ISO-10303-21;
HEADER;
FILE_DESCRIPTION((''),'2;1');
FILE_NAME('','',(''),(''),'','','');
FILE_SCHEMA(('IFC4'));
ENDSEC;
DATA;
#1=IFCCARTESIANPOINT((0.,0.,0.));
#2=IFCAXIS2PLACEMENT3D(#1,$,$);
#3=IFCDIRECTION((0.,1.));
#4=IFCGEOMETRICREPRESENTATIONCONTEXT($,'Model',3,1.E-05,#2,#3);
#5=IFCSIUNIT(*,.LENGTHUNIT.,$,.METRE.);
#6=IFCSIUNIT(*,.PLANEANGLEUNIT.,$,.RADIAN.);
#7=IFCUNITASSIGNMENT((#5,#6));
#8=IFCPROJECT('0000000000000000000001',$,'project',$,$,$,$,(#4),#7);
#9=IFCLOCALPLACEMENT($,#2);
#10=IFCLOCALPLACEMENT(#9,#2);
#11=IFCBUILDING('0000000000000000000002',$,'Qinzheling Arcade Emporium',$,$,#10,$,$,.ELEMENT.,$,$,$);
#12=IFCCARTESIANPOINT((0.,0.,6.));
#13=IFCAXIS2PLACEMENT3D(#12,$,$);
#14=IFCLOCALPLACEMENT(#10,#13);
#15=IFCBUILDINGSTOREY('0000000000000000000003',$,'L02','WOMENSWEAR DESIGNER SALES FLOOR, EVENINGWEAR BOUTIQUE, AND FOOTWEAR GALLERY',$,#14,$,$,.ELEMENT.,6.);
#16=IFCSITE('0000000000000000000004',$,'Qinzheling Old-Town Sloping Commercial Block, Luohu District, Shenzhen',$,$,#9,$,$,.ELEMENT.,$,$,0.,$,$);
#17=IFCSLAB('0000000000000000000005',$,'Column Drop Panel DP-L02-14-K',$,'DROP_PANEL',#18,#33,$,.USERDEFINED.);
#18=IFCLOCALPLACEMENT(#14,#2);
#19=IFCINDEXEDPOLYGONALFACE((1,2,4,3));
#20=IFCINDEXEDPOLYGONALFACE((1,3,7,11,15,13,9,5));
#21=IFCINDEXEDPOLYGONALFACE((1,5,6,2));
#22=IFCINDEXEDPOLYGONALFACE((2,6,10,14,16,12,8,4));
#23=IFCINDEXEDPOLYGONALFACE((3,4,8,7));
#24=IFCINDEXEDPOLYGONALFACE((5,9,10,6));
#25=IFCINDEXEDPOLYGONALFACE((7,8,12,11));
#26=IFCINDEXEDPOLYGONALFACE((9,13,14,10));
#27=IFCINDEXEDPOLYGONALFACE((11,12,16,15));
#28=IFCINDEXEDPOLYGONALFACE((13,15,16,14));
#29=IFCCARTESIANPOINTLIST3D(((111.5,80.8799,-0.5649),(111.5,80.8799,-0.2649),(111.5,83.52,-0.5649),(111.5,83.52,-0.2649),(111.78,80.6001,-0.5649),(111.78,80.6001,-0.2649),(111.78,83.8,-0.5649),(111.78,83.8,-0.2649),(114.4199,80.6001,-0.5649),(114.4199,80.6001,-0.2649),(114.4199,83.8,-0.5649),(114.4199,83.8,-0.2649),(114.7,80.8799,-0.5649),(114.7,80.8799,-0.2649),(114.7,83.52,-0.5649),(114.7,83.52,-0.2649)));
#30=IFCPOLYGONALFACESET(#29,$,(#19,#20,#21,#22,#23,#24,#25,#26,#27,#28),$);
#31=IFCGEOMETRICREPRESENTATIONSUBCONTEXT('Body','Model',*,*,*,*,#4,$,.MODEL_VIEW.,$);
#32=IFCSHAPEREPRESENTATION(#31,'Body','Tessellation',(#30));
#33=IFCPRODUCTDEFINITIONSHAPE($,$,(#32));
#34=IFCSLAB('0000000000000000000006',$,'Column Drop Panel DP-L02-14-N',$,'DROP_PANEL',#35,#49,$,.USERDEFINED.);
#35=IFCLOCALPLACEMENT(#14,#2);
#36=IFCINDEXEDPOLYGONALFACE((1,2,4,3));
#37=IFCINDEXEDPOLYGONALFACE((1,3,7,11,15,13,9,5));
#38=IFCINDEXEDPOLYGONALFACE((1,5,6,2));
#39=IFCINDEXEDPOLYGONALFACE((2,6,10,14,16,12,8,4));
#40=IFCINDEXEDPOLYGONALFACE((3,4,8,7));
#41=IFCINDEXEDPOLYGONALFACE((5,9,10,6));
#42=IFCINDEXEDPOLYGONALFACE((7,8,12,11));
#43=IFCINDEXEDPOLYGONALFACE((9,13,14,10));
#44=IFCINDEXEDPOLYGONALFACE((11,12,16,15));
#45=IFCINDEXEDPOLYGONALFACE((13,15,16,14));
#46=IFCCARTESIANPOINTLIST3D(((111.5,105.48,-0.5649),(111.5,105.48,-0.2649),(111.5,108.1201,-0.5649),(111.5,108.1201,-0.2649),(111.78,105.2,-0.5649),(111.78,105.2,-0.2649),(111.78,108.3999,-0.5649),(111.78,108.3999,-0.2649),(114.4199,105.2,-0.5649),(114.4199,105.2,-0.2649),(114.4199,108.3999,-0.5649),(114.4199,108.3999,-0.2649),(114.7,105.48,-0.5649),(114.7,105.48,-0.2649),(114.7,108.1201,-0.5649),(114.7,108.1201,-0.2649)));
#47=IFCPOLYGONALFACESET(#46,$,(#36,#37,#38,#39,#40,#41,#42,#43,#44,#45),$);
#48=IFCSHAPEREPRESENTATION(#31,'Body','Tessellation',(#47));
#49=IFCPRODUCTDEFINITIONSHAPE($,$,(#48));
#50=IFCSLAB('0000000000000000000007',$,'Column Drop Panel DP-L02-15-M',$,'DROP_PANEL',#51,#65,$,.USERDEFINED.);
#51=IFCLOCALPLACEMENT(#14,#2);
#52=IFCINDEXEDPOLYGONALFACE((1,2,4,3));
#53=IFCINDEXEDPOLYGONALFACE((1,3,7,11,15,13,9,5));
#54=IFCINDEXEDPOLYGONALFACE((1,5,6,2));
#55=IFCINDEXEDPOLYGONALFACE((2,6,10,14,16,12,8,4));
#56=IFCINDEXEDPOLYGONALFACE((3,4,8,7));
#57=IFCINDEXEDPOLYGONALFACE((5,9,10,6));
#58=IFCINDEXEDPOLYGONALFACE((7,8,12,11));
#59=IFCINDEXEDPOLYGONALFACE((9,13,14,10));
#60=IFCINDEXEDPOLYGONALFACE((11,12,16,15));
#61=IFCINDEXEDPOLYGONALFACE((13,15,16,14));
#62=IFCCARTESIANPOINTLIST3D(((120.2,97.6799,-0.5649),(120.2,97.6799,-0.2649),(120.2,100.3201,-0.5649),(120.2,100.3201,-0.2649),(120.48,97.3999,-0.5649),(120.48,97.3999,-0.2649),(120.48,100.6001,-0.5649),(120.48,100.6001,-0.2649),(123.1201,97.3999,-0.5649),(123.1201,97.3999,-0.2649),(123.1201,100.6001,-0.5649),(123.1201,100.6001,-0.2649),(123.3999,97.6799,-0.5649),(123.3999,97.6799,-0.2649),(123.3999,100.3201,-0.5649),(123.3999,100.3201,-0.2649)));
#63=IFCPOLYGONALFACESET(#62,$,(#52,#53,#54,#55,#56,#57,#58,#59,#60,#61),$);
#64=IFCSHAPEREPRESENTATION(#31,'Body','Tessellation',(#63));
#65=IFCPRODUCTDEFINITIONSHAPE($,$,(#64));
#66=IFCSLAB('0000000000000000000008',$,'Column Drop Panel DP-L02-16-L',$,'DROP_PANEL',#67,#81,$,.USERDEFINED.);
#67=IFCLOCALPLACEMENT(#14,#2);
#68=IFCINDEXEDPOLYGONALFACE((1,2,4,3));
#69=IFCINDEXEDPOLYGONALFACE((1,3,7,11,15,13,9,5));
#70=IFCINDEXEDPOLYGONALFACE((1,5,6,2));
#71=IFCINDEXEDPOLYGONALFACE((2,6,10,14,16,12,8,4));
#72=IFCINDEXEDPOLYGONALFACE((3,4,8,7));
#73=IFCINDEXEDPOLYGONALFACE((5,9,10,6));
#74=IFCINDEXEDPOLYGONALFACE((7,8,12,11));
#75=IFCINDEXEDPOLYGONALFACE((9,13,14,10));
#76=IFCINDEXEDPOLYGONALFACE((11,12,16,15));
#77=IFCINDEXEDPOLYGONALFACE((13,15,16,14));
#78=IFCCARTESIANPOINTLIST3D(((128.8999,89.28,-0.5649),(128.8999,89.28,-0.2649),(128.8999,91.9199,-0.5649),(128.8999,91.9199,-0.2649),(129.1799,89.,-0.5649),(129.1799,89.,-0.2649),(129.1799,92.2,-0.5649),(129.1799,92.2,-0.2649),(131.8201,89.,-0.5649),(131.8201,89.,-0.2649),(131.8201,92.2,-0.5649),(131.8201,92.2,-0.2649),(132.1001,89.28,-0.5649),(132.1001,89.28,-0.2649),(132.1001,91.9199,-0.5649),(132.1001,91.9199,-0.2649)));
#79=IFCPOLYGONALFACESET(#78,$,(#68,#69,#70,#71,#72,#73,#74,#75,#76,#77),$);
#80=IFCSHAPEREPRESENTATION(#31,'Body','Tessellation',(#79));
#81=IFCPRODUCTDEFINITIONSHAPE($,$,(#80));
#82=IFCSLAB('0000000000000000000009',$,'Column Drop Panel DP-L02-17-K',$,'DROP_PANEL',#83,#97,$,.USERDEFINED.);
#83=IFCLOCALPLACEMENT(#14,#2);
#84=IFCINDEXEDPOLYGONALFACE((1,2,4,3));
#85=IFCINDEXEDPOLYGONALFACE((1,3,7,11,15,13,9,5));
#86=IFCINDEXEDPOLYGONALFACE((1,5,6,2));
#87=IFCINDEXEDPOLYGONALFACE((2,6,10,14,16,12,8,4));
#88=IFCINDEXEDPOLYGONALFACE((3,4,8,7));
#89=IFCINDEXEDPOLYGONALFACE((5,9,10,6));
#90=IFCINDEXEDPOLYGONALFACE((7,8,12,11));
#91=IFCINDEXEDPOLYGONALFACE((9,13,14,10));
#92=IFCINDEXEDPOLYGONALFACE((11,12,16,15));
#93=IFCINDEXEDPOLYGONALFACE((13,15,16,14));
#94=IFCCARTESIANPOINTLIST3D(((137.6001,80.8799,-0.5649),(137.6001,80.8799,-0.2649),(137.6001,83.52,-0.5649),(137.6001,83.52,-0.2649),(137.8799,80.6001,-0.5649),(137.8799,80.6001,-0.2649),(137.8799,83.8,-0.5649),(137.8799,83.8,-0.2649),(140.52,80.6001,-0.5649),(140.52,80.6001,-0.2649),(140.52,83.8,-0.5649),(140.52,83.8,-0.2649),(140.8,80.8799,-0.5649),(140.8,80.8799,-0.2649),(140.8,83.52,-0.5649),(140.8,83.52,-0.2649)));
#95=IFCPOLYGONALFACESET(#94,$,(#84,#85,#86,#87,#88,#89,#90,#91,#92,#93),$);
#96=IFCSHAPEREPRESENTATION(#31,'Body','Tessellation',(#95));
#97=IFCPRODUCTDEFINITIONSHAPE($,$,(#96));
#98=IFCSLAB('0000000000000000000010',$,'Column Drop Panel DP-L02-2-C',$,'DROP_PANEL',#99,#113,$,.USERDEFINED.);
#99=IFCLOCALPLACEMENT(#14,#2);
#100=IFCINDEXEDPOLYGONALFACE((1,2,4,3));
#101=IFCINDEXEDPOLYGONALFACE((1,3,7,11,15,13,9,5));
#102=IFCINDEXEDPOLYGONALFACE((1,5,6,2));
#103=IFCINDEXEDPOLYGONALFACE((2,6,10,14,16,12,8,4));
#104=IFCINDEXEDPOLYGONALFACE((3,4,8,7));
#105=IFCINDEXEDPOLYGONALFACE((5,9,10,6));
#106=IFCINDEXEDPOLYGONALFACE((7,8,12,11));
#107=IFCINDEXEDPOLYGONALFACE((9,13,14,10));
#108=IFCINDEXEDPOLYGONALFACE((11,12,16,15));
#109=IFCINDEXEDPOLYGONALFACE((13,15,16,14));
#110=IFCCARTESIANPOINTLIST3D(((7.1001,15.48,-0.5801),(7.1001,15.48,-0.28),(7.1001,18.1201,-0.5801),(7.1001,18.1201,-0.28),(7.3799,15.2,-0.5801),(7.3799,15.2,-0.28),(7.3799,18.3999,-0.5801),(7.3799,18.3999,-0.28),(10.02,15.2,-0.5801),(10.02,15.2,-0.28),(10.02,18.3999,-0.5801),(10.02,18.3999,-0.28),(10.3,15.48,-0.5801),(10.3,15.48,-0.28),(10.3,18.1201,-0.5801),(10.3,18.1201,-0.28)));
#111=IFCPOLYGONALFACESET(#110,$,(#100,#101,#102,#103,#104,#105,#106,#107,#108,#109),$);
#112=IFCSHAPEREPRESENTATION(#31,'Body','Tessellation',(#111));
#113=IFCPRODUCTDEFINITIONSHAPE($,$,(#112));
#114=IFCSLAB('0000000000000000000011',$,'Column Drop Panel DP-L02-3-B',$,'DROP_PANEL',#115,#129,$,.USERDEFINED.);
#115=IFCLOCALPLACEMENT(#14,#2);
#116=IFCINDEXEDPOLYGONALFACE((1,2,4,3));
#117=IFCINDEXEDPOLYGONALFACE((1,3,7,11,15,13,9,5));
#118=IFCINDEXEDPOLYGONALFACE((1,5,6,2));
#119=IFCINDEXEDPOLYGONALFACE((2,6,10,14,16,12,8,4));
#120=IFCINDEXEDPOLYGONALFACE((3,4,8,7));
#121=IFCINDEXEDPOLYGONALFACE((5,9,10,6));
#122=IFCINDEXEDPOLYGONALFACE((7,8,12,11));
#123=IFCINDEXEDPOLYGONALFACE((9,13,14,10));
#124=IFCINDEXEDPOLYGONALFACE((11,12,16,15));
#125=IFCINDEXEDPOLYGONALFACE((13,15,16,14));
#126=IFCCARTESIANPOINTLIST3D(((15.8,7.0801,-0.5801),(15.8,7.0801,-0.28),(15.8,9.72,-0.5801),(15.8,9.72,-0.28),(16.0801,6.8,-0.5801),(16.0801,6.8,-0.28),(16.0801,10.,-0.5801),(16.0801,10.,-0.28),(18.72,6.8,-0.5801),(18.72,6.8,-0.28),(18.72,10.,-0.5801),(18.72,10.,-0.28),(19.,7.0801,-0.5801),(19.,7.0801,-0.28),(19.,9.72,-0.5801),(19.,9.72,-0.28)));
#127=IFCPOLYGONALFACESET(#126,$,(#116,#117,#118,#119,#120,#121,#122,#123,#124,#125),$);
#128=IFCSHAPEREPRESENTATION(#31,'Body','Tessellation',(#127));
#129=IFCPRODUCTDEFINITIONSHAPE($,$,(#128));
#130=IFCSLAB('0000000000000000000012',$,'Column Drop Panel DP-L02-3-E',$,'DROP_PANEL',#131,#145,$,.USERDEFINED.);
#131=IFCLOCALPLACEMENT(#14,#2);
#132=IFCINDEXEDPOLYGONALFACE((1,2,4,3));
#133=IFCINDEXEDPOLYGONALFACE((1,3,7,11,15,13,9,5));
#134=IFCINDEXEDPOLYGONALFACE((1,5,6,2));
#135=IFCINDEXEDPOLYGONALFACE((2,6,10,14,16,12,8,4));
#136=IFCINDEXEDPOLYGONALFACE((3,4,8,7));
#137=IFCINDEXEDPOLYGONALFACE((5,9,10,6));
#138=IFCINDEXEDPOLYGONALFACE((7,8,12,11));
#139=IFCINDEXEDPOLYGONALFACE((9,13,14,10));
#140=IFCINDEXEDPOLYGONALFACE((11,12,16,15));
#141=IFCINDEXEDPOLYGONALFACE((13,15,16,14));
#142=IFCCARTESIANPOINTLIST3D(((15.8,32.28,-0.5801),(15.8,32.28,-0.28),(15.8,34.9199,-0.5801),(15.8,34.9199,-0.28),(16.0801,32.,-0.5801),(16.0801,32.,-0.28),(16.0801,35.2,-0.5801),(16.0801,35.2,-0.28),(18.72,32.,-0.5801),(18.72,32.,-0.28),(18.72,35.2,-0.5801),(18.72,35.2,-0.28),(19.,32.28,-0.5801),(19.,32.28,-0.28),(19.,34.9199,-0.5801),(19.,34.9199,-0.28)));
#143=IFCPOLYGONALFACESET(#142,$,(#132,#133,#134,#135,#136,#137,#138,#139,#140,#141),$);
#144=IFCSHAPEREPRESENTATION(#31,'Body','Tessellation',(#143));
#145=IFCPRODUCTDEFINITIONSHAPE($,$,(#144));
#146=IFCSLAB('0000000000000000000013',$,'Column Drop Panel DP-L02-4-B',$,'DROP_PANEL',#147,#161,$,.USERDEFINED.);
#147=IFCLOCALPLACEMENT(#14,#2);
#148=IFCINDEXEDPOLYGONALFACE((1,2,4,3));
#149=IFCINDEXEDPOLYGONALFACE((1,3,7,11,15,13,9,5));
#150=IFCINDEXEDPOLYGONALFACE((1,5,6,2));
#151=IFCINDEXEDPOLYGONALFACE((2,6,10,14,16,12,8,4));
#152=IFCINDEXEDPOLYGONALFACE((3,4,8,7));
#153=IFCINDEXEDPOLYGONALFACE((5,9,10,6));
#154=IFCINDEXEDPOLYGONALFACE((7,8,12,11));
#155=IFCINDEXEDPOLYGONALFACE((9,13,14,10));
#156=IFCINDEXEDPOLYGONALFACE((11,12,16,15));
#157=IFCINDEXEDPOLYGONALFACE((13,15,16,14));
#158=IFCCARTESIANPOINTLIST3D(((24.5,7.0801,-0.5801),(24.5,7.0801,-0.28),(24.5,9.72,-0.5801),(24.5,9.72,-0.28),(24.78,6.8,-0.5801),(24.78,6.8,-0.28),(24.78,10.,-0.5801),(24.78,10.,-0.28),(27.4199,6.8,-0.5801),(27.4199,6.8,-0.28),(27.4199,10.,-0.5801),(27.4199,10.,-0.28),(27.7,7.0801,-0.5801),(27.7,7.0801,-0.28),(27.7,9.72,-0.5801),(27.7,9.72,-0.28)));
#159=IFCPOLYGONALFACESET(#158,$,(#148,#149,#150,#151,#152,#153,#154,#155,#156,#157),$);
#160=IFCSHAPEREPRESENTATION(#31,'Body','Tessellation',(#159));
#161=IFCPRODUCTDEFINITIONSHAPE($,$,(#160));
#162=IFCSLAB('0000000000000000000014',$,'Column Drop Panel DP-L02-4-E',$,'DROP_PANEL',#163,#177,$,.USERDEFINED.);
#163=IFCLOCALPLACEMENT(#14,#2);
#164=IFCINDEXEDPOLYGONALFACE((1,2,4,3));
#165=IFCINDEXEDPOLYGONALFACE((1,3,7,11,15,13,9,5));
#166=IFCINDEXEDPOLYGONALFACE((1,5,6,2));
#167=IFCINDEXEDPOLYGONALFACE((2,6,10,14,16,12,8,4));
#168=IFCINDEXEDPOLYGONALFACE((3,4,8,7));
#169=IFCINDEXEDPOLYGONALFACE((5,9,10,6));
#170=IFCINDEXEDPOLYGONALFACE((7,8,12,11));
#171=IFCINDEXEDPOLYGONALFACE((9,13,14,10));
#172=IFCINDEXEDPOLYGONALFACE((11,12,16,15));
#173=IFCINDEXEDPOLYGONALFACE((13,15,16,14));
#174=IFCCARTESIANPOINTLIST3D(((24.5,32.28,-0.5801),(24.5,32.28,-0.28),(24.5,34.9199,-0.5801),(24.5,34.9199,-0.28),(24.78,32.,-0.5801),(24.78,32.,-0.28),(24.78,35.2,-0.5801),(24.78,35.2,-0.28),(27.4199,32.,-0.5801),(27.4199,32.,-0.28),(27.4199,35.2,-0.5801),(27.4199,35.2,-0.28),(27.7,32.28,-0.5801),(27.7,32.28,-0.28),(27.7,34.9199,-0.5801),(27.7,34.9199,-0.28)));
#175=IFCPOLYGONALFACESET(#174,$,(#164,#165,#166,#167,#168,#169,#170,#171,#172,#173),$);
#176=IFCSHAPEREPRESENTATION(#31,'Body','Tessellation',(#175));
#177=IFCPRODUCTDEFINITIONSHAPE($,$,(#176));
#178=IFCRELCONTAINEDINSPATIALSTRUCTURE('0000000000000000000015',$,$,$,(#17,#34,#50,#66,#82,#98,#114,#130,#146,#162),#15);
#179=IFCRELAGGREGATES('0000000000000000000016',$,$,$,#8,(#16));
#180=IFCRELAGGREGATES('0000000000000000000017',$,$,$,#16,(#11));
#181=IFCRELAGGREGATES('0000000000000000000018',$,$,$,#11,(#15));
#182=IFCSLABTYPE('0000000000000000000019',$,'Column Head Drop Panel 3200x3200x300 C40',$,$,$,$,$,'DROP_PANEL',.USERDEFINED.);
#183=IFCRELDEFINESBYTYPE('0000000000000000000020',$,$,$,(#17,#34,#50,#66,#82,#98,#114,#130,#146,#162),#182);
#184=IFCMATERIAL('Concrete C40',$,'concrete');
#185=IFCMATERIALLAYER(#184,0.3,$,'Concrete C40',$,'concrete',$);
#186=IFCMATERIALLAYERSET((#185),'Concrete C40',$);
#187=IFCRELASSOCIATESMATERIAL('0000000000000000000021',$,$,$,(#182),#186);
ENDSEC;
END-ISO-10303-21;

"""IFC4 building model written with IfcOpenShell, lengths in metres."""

from ifc_helpers import new_model, si_unit, direction, frame, origin, place, context, subcontext, project, spatial, polyline, outline, extrude, material, layer, layer_set, type_object, element, save


model = new_model("IFC4")

# Units and contexts
model_context = context("Model", 3, precision=1e-05, world=origin(), true_north=direction((0.0, 1.0)))
body_context = subcontext(model_context, "Body", "Model", "MODEL_VIEW")
ifc_project = project(units=[si_unit("LENGTHUNIT", "METRE"), si_unit("PLANEANGLEUNIT", "RADIAN")], contexts=[model_context])

# Site, building, storey
site_placement = place(None, origin())
site = spatial("IfcSite", under=ifc_project, at=site_placement, Name="Qinzheling Old-Town Sloping Commercial Block, Luohu District, Shenzhen", CompositionType="ELEMENT", RefElevation=0.0)
building_placement = place(site_placement, origin())
building = spatial("IfcBuilding", under=site, at=building_placement, Name="Qinzheling Arcade Emporium", CompositionType="ELEMENT")
storey_placement = place(building_placement, frame((0.0, 0.0, 6.0)))
storey = spatial("IfcBuildingStorey", under=building, at=storey_placement, Name="L02", Description="WOMENSWEAR DESIGNER SALES FLOOR, EVENINGWEAR BOUTIQUE, AND FOOTWEAR GALLERY", CompositionType="ELEMENT", Elevation=6.0)

# Slabs
ifc_material = material(Name="Concrete C40", Category="concrete")
ifc_layer_1 = layer(ifc_material, 0.3, Name="Concrete C40", Category="concrete")
ifc_layer_set_1 = layer_set([ifc_layer_1], Name="Concrete C40")
slab_type_1 = type_object("IfcSlabType", Name="Column Head Drop Panel 3200x3200x300 C40", ElementType="DROP_PANEL", PredefinedType="USERDEFINED", material=ifc_layer_set_1)
slab_1_placement = place(storey_placement, frame((0.0, 0.0, -0.5649)))
element("IfcSlab", 1, at=slab_1_placement, inside=storey, type_object=slab_type_1, Name="Column Drop Panel DP-L02-14-K", ObjectType="DROP_PANEL", PredefinedType="USERDEFINED", context=body_context, shape_type="SweptSolid", body=[
    extrude(outline(polyline([(111.78, 80.6001), (114.4199, 80.6001), (114.7, 80.8799), (114.7, 83.52), (114.4199, 83.8), (111.78, 83.8), (111.5, 83.52), (111.5, 80.8799), (111.78, 80.6001)])), origin(), (0.0, 0.0, 1.0), 0.3),
])
slab_2_placement = place(storey_placement, frame((0.0, 0.0, -0.5649)))
element("IfcSlab", 2, at=slab_2_placement, inside=storey, type_object=slab_type_1, Name="Column Drop Panel DP-L02-14-N", ObjectType="DROP_PANEL", PredefinedType="USERDEFINED", context=body_context, shape_type="SweptSolid", body=[
    extrude(outline(polyline([(111.78, 105.2), (114.4199, 105.2), (114.7, 105.48), (114.7, 108.1201), (114.4199, 108.3999), (111.78, 108.3999), (111.5, 108.1201), (111.5, 105.48), (111.78, 105.2)])), origin(), (0.0, 0.0, 1.0), 0.3),
])
slab_3_placement = place(storey_placement, frame((0.0, 0.0, -0.5649)))
element("IfcSlab", 3, at=slab_3_placement, inside=storey, type_object=slab_type_1, Name="Column Drop Panel DP-L02-15-M", ObjectType="DROP_PANEL", PredefinedType="USERDEFINED", context=body_context, shape_type="SweptSolid", body=[
    extrude(outline(polyline([(120.48, 97.3999), (123.1201, 97.3999), (123.3999, 97.6799), (123.3999, 100.3201), (123.1201, 100.6001), (120.48, 100.6001), (120.2, 100.3201), (120.2, 97.6799), (120.48, 97.3999)])), origin(), (0.0, 0.0, 1.0), 0.3),
])
slab_4_placement = place(storey_placement, frame((0.0, 0.0, -0.5649)))
element("IfcSlab", 4, at=slab_4_placement, inside=storey, type_object=slab_type_1, Name="Column Drop Panel DP-L02-16-L", ObjectType="DROP_PANEL", PredefinedType="USERDEFINED", context=body_context, shape_type="SweptSolid", body=[
    extrude(outline(polyline([(129.1799, 89.0), (131.8201, 89.0), (132.1001, 89.28), (132.1001, 91.9199), (131.8201, 92.2), (129.1799, 92.2), (128.8999, 91.9199), (128.8999, 89.28), (129.1799, 89.0)])), origin(), (0.0, 0.0, 1.0), 0.3),
])
slab_5_placement = place(storey_placement, frame((0.0, 0.0, -0.5649)))
element("IfcSlab", 5, at=slab_5_placement, inside=storey, type_object=slab_type_1, Name="Column Drop Panel DP-L02-17-K", ObjectType="DROP_PANEL", PredefinedType="USERDEFINED", context=body_context, shape_type="SweptSolid", body=[
    extrude(outline(polyline([(137.8799, 80.6001), (140.52, 80.6001), (140.8, 80.8799), (140.8, 83.52), (140.52, 83.8), (137.8799, 83.8), (137.6001, 83.52), (137.6001, 80.8799), (137.8799, 80.6001)])), origin(), (0.0, 0.0, 1.0), 0.3),
])
slab_6_placement = place(storey_placement, frame((0.0, 0.0, -0.5801)))
element("IfcSlab", 6, at=slab_6_placement, inside=storey, type_object=slab_type_1, Name="Column Drop Panel DP-L02-2-C", ObjectType="DROP_PANEL", PredefinedType="USERDEFINED", context=body_context, shape_type="SweptSolid", body=[
    extrude(outline(polyline([(7.3799, 15.2), (10.02, 15.2), (10.3, 15.48), (10.3, 18.1201), (10.02, 18.3999), (7.3799, 18.3999), (7.1001, 18.1201), (7.1001, 15.48), (7.3799, 15.2)])), origin(), (0.0, 0.0, 1.0), 0.3),
])
slab_7_placement = place(storey_placement, frame((0.0, 0.0, -0.5801)))
element("IfcSlab", 7, at=slab_7_placement, inside=storey, type_object=slab_type_1, Name="Column Drop Panel DP-L02-3-B", ObjectType="DROP_PANEL", PredefinedType="USERDEFINED", context=body_context, shape_type="SweptSolid", body=[
    extrude(outline(polyline([(16.0801, 6.8), (18.72, 6.8), (19.0, 7.0801), (19.0, 9.72), (18.72, 10.0), (16.0801, 10.0), (15.8, 9.72), (15.8, 7.0801), (16.0801, 6.8)])), origin(), (0.0, 0.0, 1.0), 0.3),
])
slab_8_placement = place(storey_placement, frame((0.0, 0.0, -0.5801)))
element("IfcSlab", 8, at=slab_8_placement, inside=storey, type_object=slab_type_1, Name="Column Drop Panel DP-L02-3-E", ObjectType="DROP_PANEL", PredefinedType="USERDEFINED", context=body_context, shape_type="SweptSolid", body=[
    extrude(outline(polyline([(16.0801, 32.0), (18.72, 32.0), (19.0, 32.28), (19.0, 34.9199), (18.72, 35.2), (16.0801, 35.2), (15.8, 34.9199), (15.8, 32.28), (16.0801, 32.0)])), origin(), (0.0, 0.0, 1.0), 0.3),
])
slab_9_placement = place(storey_placement, frame((0.0, 0.0, -0.5801)))
element("IfcSlab", 9, at=slab_9_placement, inside=storey, type_object=slab_type_1, Name="Column Drop Panel DP-L02-4-B", ObjectType="DROP_PANEL", PredefinedType="USERDEFINED", context=body_context, shape_type="SweptSolid", body=[
    extrude(outline(polyline([(24.78, 6.8), (27.4199, 6.8), (27.7, 7.0801), (27.7, 9.72), (27.4199, 10.0), (24.78, 10.0), (24.5, 9.72), (24.5, 7.0801), (24.78, 6.8)])), origin(), (0.0, 0.0, 1.0), 0.3),
])
slab_10_placement = place(storey_placement, frame((0.0, 0.0, -0.5801)))
element("IfcSlab", 10, at=slab_10_placement, inside=storey, type_object=slab_type_1, Name="Column Drop Panel DP-L02-4-E", ObjectType="DROP_PANEL", PredefinedType="USERDEFINED", context=body_context, shape_type="SweptSolid", body=[
    extrude(outline(polyline([(24.78, 32.0), (27.4199, 32.0), (27.7, 32.28), (27.7, 34.9199), (27.4199, 35.2), (24.78, 35.2), (24.5, 34.9199), (24.5, 32.28), (24.78, 32.0)])), origin(), (0.0, 0.0, 1.0), 0.3),
])

save(model, "model.ifc")
